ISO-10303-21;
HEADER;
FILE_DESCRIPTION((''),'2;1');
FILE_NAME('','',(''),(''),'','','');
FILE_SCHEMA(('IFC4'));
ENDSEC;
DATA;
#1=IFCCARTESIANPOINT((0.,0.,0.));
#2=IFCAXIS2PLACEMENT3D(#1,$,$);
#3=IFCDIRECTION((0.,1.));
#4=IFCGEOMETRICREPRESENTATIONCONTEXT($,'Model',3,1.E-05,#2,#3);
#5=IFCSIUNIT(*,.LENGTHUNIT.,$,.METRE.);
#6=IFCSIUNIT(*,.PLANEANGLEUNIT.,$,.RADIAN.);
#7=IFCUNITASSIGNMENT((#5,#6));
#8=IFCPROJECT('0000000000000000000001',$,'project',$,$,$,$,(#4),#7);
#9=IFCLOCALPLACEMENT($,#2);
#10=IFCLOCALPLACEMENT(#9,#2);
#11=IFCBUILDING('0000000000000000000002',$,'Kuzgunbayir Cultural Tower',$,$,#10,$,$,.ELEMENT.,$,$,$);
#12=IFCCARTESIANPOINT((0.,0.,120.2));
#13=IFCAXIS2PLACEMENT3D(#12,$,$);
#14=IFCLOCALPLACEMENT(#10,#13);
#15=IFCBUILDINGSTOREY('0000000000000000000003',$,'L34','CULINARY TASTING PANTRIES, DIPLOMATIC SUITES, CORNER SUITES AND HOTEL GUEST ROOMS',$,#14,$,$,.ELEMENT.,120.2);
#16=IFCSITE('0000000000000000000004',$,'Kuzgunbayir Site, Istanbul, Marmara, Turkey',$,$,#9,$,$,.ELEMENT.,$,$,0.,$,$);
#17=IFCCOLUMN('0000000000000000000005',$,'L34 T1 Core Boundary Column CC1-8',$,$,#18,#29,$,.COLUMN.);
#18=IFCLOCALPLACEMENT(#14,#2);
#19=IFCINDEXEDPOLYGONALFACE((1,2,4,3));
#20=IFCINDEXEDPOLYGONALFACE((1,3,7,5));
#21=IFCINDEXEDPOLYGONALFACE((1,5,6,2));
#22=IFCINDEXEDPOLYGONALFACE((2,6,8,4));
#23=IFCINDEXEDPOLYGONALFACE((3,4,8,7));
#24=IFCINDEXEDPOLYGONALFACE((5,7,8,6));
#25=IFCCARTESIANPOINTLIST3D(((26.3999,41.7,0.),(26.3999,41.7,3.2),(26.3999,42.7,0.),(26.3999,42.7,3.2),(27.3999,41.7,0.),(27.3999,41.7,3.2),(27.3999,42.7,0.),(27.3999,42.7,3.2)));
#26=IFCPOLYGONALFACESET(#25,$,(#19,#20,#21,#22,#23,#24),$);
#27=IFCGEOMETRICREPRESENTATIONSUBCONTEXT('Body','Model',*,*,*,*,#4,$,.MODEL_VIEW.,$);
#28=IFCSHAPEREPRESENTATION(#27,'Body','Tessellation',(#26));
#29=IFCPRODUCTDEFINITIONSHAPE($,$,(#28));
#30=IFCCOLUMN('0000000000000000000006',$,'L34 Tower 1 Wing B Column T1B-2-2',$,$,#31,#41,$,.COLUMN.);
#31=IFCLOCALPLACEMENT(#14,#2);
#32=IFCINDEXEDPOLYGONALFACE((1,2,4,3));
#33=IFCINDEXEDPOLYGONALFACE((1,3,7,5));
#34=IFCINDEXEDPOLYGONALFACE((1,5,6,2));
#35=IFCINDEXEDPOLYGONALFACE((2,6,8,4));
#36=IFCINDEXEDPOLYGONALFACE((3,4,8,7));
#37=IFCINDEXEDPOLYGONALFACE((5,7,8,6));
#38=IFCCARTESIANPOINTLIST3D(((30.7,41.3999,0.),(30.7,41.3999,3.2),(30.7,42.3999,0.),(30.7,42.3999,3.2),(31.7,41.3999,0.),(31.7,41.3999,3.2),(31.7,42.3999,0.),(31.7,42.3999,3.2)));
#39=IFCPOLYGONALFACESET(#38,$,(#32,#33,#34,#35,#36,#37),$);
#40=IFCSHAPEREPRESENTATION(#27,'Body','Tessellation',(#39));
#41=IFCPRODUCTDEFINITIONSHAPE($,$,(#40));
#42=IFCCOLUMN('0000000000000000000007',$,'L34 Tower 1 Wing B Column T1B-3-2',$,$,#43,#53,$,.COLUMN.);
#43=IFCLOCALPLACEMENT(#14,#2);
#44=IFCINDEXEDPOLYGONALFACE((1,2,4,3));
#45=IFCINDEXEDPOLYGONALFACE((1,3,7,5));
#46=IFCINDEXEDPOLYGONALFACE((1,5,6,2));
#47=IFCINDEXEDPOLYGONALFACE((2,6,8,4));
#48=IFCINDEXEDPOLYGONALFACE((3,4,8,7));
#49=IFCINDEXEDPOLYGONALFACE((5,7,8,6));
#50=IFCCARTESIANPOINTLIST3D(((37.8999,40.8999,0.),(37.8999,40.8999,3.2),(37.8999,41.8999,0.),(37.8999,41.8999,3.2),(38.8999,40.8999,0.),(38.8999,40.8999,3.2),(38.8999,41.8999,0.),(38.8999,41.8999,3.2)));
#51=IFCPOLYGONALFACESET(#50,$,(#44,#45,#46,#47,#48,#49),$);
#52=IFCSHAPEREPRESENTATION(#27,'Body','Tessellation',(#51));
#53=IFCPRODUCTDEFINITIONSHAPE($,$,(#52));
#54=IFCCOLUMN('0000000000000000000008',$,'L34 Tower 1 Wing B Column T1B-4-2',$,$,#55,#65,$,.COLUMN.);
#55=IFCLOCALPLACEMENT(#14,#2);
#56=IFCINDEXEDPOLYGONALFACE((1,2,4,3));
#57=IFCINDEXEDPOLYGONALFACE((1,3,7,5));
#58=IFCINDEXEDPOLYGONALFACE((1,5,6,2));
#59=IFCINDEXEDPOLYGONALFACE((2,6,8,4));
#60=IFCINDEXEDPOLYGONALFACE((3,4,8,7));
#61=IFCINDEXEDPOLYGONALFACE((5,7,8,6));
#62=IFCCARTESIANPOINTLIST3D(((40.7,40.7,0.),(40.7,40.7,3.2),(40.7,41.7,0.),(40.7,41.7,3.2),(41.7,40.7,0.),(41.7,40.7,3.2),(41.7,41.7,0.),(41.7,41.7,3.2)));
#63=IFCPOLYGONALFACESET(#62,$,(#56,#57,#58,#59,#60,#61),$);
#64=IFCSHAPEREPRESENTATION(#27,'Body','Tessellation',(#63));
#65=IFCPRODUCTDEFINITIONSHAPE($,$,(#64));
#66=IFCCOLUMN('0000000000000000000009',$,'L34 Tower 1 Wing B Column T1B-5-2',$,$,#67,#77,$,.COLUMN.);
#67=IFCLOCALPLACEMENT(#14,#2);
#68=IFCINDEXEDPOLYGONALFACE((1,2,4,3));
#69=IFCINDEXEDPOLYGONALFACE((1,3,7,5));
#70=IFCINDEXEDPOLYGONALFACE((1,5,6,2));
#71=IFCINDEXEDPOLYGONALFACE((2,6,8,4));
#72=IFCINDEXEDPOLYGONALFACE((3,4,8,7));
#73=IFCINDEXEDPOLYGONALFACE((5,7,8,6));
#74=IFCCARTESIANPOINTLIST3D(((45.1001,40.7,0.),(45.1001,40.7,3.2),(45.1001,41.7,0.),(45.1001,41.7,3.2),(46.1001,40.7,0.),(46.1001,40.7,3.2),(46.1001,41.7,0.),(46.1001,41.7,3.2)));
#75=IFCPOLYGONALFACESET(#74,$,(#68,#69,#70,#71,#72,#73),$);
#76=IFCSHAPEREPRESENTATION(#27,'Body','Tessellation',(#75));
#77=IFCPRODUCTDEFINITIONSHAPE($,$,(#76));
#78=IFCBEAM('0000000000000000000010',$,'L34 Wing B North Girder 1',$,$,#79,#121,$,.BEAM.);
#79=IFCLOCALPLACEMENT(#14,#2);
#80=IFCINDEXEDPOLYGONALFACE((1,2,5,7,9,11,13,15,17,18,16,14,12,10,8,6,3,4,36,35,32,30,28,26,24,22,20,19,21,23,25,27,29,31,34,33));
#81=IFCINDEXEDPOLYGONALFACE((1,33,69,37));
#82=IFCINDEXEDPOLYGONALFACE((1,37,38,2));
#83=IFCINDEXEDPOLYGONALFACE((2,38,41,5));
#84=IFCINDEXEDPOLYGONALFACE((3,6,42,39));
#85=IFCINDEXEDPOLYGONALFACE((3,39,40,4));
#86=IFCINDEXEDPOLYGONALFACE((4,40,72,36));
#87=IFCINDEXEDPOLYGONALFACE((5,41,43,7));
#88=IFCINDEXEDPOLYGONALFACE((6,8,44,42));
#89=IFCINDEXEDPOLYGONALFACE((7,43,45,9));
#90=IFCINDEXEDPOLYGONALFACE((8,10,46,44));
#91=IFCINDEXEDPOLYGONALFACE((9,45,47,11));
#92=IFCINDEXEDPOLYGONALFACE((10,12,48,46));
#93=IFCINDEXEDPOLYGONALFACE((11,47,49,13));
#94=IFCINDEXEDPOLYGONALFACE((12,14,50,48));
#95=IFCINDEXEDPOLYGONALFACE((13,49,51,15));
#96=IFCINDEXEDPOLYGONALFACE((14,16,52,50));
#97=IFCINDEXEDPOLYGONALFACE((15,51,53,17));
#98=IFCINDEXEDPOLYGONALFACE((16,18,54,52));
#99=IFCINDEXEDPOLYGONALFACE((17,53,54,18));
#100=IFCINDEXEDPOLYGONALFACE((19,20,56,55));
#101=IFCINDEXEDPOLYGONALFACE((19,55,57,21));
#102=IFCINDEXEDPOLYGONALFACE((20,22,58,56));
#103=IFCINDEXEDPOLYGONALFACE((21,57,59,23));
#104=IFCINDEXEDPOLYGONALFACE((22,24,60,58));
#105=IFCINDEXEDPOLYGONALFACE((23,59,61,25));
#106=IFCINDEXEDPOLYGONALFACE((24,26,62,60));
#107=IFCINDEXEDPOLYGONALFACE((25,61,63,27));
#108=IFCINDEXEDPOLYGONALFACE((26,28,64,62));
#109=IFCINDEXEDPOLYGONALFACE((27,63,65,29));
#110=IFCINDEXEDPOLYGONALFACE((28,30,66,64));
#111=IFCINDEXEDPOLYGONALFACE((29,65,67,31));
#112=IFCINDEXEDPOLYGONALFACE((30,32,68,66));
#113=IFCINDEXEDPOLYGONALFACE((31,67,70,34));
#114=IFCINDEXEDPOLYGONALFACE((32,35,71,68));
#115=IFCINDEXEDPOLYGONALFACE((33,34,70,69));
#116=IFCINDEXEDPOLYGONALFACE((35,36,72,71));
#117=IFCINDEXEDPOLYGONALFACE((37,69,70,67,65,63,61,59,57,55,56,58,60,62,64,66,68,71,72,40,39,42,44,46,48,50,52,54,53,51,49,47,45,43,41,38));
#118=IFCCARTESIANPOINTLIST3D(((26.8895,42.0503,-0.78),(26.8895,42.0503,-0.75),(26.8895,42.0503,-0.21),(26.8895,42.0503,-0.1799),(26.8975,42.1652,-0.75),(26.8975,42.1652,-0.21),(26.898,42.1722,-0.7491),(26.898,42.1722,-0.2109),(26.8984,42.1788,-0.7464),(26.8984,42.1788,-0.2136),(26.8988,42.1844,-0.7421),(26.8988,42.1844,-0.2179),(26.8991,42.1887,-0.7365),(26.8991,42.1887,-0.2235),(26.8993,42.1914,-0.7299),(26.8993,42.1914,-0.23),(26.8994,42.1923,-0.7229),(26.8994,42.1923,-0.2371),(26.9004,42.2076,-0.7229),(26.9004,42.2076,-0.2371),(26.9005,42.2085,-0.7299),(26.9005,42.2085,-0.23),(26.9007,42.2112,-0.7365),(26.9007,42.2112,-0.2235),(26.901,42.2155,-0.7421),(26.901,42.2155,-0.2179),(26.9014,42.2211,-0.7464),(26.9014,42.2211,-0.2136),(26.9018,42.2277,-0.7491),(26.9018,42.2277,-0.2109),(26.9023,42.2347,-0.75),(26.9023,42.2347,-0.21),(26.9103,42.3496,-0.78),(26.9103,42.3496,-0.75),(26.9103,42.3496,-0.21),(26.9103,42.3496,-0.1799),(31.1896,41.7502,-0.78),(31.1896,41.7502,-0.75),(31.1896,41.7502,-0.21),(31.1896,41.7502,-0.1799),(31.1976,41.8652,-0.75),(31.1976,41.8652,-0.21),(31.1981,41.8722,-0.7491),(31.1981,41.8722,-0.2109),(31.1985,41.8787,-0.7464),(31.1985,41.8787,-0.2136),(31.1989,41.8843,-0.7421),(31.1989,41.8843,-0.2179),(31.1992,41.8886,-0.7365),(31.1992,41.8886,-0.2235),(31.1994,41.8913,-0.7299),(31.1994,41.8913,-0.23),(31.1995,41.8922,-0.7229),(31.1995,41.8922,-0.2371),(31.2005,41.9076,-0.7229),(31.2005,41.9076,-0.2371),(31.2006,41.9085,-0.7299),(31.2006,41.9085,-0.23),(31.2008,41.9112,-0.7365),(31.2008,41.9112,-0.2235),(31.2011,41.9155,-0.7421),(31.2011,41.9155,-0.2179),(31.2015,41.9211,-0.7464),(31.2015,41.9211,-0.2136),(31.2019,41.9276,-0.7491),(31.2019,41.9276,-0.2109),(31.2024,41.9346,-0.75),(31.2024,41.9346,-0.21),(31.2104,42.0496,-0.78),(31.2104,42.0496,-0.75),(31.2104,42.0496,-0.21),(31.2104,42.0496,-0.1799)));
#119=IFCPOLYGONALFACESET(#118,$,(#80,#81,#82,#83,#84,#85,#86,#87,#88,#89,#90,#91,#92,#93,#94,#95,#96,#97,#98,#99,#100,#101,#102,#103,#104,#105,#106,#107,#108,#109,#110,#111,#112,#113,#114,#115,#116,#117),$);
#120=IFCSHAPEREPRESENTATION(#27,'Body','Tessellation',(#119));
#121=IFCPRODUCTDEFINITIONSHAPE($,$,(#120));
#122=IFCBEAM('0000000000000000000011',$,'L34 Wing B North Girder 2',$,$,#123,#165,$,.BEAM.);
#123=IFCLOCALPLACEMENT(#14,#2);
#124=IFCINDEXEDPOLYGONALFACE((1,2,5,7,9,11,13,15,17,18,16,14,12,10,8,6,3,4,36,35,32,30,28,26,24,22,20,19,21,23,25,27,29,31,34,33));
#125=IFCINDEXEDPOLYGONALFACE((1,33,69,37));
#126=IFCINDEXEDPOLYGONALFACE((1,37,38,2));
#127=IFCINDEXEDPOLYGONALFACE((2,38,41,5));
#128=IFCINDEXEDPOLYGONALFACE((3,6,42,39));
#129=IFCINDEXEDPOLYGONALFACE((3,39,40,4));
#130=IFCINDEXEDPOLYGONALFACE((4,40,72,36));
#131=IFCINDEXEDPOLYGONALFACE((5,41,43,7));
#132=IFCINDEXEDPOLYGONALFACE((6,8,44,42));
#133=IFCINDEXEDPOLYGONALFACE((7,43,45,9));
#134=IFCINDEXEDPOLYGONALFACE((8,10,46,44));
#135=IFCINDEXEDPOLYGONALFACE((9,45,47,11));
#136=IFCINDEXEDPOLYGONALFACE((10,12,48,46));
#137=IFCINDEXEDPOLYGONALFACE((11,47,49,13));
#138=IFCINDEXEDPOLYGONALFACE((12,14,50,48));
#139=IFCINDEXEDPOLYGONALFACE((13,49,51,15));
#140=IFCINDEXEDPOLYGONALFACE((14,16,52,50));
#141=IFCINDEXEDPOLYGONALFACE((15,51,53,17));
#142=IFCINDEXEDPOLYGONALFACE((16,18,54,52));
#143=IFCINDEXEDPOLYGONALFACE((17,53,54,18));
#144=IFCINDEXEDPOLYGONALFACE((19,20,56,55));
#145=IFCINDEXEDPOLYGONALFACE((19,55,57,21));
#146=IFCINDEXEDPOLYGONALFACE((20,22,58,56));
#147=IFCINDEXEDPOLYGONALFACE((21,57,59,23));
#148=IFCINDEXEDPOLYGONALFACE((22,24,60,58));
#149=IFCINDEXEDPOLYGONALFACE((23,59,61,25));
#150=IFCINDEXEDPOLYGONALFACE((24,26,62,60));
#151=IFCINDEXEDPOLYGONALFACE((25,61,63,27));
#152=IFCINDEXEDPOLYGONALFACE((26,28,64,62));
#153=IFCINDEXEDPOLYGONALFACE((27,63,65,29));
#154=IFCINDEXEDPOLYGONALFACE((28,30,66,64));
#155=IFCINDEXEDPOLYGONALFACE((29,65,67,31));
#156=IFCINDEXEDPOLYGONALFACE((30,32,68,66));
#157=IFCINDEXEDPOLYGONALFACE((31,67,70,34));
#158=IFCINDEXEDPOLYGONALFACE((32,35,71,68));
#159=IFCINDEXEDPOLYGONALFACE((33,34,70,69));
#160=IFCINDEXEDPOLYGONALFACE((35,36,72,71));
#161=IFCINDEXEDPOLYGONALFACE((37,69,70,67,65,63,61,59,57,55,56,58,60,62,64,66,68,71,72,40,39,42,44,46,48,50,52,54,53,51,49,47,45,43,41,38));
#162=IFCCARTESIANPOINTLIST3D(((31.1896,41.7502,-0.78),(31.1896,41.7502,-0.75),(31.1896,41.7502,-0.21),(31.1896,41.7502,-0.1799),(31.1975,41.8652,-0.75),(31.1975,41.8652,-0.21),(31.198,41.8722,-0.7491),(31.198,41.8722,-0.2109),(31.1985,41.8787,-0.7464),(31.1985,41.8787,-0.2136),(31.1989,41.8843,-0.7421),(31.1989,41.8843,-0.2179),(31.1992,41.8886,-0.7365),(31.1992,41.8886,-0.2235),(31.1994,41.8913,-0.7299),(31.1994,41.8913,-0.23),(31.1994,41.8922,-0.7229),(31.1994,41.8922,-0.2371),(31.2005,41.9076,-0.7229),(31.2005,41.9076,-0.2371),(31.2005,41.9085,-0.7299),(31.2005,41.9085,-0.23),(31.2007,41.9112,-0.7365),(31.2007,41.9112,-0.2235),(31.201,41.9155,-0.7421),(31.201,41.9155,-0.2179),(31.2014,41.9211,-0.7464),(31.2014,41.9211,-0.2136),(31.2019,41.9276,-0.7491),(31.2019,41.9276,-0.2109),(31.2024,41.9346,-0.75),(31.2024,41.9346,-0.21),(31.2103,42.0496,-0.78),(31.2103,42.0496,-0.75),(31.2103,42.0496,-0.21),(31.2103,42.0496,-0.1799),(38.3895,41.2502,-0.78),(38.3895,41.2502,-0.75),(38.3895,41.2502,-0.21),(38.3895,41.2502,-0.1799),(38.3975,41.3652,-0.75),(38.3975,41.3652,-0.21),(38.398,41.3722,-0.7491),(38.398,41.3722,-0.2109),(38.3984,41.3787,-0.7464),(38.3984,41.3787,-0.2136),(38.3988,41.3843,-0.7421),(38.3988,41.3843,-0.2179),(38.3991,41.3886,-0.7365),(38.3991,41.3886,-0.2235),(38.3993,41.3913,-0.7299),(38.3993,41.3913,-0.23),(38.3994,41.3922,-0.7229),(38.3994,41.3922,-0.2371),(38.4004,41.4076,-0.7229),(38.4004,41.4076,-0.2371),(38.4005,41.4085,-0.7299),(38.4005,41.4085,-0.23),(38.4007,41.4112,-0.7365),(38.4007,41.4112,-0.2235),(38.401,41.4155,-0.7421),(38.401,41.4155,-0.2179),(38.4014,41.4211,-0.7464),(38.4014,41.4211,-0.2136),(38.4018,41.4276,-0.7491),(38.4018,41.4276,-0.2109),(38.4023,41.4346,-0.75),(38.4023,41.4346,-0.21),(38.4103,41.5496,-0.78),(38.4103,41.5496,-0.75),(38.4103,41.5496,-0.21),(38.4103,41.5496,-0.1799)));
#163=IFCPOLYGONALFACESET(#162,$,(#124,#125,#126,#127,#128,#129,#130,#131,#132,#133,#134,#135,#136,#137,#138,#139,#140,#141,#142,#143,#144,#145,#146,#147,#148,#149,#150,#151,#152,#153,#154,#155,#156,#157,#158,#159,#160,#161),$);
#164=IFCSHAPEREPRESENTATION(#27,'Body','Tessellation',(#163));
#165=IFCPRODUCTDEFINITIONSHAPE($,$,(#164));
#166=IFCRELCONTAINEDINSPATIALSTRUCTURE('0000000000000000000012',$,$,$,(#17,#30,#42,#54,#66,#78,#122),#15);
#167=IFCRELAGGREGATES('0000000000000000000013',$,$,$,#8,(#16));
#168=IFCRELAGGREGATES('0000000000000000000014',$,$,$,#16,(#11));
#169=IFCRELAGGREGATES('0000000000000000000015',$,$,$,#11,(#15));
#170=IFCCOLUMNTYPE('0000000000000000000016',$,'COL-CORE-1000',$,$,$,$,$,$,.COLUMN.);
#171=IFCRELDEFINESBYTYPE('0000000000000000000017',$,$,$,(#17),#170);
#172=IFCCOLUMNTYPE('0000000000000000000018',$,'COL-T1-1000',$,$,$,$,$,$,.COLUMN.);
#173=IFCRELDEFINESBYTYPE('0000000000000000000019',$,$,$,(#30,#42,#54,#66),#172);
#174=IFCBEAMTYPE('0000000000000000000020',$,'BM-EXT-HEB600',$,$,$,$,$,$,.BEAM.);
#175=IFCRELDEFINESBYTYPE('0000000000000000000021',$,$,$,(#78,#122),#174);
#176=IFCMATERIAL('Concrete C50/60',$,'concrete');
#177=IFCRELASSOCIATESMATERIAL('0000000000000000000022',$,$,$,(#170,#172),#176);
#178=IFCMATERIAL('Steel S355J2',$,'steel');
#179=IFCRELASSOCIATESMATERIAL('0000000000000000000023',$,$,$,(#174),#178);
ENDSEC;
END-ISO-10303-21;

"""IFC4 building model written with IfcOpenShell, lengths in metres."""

from ifc_helpers import new_model, si_unit, direction, frame, origin, origin_2d, place, context, subcontext, project, spatial, rectangle, i_section, extrude, material, material_profile, profile_set, type_object, element, save


model = new_model("IFC4")

# Units and contexts
model_context = context("Model", 3, precision=1e-05, world=origin(), true_north=direction((0.0, 1.0)))
body_context = subcontext(model_context, "Body", "Model", "MODEL_VIEW")
ifc_project = project(units=[si_unit("LENGTHUNIT", "METRE"), si_unit("PLANEANGLEUNIT", "RADIAN")], contexts=[model_context])

# Site, building, storey
site_placement = place(None, origin())
site = spatial("IfcSite", under=ifc_project, at=site_placement, Name="Kuzgunbayir Site, Istanbul, Marmara, Turkey", CompositionType="ELEMENT", RefElevation=0.0)
building_placement = place(site_placement, origin())
building = spatial("IfcBuilding", under=site, at=building_placement, Name="Kuzgunbayir Cultural Tower", CompositionType="ELEMENT")
storey_placement = place(building_placement, frame((0.0, 0.0, 120.2)))
storey = spatial("IfcBuildingStorey", under=building, at=storey_placement, Name="L34", Description="CULINARY TASTING PANTRIES, DIPLOMATIC SUITES, CORNER SUITES AND HOTEL GUEST ROOMS", CompositionType="ELEMENT", Elevation=120.2)

# Columns
ifc_material_1 = material(Name="Concrete C50/60", Category="concrete")
ifc_material_profile_1 = material_profile(ifc_material_1, rectangle(XDim=1.0, YDim=1.0, at=origin_2d()), Name="RC 1000x1000")
ifc_profile_set_1 = profile_set([ifc_material_profile_1], Name="Concrete C50/60")
column_type_1 = type_object("IfcColumnType", Name="COL-CORE-1000", PredefinedType="COLUMN", material=ifc_profile_set_1)
column_placement = place(storey_placement, frame((26.8999, 42.2, 0.0), z_axis=(0.0, 0.0, 1.0), x_axis=(1.0, 0.0, 0.0)))
element("IfcColumn", 1, at=column_placement, inside=storey, type_object=column_type_1, Name="L34 T1 Core Boundary Column CC1-8", PredefinedType="COLUMN", context=body_context, shape_type="SweptSolid", body=[
    extrude(rectangle(XDim=1.0, YDim=1.0, at=origin_2d()), origin(), (0.0, 0.0, 1.0), 3.2),
])
ifc_material_profile_2 = material_profile(ifc_material_1, rectangle(XDim=1.0, YDim=1.0, at=origin_2d()), Name="RC 1000x1000")
ifc_profile_set_2 = profile_set([ifc_material_profile_2], Name="Concrete C50/60")
column_type_2 = type_object("IfcColumnType", Name="COL-T1-1000", PredefinedType="COLUMN", material=ifc_profile_set_2)
for number, where, z_axis, x_axis, name in (
    (2, (31.2, 41.8999, 0.0), (0.0, 0.0, 1.0), (1.0, 0.0, 0.0), "L34 Tower 1 Wing B Column T1B-2-2"),
    (3, (38.3999, 41.3999, 0.0), (0.0, 0.0, 1.0), (1.0, 0.0, 0.0), "L34 Tower 1 Wing B Column T1B-3-2"),
    (4, (41.2, 41.2, 0.0), (0.0, 0.0, 1.0), (1.0, 0.0, 0.0), "L34 Tower 1 Wing B Column T1B-4-2"),
    (5, (45.6001, 41.2, 0.0), (0.0, 0.0, 1.0), (1.0, 0.0, 0.0), "L34 Tower 1 Wing B Column T1B-5-2"),
):
    element("IfcColumn", number, at=place(storey_placement, frame(where, z_axis=z_axis, x_axis=x_axis)), inside=storey, type_object=column_type_2, Name=name, PredefinedType="COLUMN", context=body_context, shape_type="SweptSolid", body=[
        extrude(rectangle(XDim=1.0, YDim=1.0, at=origin_2d()), origin(), (0.0, 0.0, 1.0), 3.2),
    ])

# Beams
ifc_material_2 = material(Name="Steel S355J2", Category="steel")
ifc_material_profile_3 = material_profile(ifc_material_2, i_section(OverallWidth=0.3, OverallDepth=0.6001, WebThickness=0.0154, FlangeThickness=0.03, FilletRadius=0.0271, at=origin_2d()), Name="HEB 600")
ifc_profile_set_3 = profile_set([ifc_material_profile_3], Name="Steel S355J2")
beam_type_1 = type_object("IfcBeamType", Name="BM-EXT-HEB600", PredefinedType="BEAM", material=ifc_profile_set_3)
beam_1_placement = place(storey_placement, frame((26.8999, 42.2, -0.48), z_axis=(0.997574, -0.069609, 0.0), x_axis=(0.069609, 0.997574, 0.0)))
element("IfcBeam", 6, at=beam_1_placement, inside=storey, type_object=beam_type_1, Name="L34 Wing B North Girder 1", PredefinedType="BEAM", context=body_context, shape_type="SweptSolid", body=[
    extrude(i_section(OverallWidth=0.3, OverallDepth=0.6001, WebThickness=0.0154, FlangeThickness=0.03, FilletRadius=0.0271, at=origin_2d()), origin(), (0.0, 0.0, 1.0), 4.3105),
])
beam_2_placement = place(storey_placement, frame((31.2, 41.8999, -0.48), z_axis=(0.997597, -0.069278, 0.0), x_axis=(0.069278, 0.997597, 0.0)))
element("IfcBeam", 7, at=beam_2_placement, inside=storey, type_object=beam_type_1, Name="L34 Wing B North Girder 2", PredefinedType="BEAM", context=body_context, shape_type="SweptSolid", body=[
    extrude(i_section(OverallWidth=0.3, OverallDepth=0.6001, WebThickness=0.0154, FlangeThickness=0.03, FilletRadius=0.0271, at=origin_2d()), origin(), (0.0, 0.0, 1.0), 7.2173),
])

save(model, "model.ifc")
